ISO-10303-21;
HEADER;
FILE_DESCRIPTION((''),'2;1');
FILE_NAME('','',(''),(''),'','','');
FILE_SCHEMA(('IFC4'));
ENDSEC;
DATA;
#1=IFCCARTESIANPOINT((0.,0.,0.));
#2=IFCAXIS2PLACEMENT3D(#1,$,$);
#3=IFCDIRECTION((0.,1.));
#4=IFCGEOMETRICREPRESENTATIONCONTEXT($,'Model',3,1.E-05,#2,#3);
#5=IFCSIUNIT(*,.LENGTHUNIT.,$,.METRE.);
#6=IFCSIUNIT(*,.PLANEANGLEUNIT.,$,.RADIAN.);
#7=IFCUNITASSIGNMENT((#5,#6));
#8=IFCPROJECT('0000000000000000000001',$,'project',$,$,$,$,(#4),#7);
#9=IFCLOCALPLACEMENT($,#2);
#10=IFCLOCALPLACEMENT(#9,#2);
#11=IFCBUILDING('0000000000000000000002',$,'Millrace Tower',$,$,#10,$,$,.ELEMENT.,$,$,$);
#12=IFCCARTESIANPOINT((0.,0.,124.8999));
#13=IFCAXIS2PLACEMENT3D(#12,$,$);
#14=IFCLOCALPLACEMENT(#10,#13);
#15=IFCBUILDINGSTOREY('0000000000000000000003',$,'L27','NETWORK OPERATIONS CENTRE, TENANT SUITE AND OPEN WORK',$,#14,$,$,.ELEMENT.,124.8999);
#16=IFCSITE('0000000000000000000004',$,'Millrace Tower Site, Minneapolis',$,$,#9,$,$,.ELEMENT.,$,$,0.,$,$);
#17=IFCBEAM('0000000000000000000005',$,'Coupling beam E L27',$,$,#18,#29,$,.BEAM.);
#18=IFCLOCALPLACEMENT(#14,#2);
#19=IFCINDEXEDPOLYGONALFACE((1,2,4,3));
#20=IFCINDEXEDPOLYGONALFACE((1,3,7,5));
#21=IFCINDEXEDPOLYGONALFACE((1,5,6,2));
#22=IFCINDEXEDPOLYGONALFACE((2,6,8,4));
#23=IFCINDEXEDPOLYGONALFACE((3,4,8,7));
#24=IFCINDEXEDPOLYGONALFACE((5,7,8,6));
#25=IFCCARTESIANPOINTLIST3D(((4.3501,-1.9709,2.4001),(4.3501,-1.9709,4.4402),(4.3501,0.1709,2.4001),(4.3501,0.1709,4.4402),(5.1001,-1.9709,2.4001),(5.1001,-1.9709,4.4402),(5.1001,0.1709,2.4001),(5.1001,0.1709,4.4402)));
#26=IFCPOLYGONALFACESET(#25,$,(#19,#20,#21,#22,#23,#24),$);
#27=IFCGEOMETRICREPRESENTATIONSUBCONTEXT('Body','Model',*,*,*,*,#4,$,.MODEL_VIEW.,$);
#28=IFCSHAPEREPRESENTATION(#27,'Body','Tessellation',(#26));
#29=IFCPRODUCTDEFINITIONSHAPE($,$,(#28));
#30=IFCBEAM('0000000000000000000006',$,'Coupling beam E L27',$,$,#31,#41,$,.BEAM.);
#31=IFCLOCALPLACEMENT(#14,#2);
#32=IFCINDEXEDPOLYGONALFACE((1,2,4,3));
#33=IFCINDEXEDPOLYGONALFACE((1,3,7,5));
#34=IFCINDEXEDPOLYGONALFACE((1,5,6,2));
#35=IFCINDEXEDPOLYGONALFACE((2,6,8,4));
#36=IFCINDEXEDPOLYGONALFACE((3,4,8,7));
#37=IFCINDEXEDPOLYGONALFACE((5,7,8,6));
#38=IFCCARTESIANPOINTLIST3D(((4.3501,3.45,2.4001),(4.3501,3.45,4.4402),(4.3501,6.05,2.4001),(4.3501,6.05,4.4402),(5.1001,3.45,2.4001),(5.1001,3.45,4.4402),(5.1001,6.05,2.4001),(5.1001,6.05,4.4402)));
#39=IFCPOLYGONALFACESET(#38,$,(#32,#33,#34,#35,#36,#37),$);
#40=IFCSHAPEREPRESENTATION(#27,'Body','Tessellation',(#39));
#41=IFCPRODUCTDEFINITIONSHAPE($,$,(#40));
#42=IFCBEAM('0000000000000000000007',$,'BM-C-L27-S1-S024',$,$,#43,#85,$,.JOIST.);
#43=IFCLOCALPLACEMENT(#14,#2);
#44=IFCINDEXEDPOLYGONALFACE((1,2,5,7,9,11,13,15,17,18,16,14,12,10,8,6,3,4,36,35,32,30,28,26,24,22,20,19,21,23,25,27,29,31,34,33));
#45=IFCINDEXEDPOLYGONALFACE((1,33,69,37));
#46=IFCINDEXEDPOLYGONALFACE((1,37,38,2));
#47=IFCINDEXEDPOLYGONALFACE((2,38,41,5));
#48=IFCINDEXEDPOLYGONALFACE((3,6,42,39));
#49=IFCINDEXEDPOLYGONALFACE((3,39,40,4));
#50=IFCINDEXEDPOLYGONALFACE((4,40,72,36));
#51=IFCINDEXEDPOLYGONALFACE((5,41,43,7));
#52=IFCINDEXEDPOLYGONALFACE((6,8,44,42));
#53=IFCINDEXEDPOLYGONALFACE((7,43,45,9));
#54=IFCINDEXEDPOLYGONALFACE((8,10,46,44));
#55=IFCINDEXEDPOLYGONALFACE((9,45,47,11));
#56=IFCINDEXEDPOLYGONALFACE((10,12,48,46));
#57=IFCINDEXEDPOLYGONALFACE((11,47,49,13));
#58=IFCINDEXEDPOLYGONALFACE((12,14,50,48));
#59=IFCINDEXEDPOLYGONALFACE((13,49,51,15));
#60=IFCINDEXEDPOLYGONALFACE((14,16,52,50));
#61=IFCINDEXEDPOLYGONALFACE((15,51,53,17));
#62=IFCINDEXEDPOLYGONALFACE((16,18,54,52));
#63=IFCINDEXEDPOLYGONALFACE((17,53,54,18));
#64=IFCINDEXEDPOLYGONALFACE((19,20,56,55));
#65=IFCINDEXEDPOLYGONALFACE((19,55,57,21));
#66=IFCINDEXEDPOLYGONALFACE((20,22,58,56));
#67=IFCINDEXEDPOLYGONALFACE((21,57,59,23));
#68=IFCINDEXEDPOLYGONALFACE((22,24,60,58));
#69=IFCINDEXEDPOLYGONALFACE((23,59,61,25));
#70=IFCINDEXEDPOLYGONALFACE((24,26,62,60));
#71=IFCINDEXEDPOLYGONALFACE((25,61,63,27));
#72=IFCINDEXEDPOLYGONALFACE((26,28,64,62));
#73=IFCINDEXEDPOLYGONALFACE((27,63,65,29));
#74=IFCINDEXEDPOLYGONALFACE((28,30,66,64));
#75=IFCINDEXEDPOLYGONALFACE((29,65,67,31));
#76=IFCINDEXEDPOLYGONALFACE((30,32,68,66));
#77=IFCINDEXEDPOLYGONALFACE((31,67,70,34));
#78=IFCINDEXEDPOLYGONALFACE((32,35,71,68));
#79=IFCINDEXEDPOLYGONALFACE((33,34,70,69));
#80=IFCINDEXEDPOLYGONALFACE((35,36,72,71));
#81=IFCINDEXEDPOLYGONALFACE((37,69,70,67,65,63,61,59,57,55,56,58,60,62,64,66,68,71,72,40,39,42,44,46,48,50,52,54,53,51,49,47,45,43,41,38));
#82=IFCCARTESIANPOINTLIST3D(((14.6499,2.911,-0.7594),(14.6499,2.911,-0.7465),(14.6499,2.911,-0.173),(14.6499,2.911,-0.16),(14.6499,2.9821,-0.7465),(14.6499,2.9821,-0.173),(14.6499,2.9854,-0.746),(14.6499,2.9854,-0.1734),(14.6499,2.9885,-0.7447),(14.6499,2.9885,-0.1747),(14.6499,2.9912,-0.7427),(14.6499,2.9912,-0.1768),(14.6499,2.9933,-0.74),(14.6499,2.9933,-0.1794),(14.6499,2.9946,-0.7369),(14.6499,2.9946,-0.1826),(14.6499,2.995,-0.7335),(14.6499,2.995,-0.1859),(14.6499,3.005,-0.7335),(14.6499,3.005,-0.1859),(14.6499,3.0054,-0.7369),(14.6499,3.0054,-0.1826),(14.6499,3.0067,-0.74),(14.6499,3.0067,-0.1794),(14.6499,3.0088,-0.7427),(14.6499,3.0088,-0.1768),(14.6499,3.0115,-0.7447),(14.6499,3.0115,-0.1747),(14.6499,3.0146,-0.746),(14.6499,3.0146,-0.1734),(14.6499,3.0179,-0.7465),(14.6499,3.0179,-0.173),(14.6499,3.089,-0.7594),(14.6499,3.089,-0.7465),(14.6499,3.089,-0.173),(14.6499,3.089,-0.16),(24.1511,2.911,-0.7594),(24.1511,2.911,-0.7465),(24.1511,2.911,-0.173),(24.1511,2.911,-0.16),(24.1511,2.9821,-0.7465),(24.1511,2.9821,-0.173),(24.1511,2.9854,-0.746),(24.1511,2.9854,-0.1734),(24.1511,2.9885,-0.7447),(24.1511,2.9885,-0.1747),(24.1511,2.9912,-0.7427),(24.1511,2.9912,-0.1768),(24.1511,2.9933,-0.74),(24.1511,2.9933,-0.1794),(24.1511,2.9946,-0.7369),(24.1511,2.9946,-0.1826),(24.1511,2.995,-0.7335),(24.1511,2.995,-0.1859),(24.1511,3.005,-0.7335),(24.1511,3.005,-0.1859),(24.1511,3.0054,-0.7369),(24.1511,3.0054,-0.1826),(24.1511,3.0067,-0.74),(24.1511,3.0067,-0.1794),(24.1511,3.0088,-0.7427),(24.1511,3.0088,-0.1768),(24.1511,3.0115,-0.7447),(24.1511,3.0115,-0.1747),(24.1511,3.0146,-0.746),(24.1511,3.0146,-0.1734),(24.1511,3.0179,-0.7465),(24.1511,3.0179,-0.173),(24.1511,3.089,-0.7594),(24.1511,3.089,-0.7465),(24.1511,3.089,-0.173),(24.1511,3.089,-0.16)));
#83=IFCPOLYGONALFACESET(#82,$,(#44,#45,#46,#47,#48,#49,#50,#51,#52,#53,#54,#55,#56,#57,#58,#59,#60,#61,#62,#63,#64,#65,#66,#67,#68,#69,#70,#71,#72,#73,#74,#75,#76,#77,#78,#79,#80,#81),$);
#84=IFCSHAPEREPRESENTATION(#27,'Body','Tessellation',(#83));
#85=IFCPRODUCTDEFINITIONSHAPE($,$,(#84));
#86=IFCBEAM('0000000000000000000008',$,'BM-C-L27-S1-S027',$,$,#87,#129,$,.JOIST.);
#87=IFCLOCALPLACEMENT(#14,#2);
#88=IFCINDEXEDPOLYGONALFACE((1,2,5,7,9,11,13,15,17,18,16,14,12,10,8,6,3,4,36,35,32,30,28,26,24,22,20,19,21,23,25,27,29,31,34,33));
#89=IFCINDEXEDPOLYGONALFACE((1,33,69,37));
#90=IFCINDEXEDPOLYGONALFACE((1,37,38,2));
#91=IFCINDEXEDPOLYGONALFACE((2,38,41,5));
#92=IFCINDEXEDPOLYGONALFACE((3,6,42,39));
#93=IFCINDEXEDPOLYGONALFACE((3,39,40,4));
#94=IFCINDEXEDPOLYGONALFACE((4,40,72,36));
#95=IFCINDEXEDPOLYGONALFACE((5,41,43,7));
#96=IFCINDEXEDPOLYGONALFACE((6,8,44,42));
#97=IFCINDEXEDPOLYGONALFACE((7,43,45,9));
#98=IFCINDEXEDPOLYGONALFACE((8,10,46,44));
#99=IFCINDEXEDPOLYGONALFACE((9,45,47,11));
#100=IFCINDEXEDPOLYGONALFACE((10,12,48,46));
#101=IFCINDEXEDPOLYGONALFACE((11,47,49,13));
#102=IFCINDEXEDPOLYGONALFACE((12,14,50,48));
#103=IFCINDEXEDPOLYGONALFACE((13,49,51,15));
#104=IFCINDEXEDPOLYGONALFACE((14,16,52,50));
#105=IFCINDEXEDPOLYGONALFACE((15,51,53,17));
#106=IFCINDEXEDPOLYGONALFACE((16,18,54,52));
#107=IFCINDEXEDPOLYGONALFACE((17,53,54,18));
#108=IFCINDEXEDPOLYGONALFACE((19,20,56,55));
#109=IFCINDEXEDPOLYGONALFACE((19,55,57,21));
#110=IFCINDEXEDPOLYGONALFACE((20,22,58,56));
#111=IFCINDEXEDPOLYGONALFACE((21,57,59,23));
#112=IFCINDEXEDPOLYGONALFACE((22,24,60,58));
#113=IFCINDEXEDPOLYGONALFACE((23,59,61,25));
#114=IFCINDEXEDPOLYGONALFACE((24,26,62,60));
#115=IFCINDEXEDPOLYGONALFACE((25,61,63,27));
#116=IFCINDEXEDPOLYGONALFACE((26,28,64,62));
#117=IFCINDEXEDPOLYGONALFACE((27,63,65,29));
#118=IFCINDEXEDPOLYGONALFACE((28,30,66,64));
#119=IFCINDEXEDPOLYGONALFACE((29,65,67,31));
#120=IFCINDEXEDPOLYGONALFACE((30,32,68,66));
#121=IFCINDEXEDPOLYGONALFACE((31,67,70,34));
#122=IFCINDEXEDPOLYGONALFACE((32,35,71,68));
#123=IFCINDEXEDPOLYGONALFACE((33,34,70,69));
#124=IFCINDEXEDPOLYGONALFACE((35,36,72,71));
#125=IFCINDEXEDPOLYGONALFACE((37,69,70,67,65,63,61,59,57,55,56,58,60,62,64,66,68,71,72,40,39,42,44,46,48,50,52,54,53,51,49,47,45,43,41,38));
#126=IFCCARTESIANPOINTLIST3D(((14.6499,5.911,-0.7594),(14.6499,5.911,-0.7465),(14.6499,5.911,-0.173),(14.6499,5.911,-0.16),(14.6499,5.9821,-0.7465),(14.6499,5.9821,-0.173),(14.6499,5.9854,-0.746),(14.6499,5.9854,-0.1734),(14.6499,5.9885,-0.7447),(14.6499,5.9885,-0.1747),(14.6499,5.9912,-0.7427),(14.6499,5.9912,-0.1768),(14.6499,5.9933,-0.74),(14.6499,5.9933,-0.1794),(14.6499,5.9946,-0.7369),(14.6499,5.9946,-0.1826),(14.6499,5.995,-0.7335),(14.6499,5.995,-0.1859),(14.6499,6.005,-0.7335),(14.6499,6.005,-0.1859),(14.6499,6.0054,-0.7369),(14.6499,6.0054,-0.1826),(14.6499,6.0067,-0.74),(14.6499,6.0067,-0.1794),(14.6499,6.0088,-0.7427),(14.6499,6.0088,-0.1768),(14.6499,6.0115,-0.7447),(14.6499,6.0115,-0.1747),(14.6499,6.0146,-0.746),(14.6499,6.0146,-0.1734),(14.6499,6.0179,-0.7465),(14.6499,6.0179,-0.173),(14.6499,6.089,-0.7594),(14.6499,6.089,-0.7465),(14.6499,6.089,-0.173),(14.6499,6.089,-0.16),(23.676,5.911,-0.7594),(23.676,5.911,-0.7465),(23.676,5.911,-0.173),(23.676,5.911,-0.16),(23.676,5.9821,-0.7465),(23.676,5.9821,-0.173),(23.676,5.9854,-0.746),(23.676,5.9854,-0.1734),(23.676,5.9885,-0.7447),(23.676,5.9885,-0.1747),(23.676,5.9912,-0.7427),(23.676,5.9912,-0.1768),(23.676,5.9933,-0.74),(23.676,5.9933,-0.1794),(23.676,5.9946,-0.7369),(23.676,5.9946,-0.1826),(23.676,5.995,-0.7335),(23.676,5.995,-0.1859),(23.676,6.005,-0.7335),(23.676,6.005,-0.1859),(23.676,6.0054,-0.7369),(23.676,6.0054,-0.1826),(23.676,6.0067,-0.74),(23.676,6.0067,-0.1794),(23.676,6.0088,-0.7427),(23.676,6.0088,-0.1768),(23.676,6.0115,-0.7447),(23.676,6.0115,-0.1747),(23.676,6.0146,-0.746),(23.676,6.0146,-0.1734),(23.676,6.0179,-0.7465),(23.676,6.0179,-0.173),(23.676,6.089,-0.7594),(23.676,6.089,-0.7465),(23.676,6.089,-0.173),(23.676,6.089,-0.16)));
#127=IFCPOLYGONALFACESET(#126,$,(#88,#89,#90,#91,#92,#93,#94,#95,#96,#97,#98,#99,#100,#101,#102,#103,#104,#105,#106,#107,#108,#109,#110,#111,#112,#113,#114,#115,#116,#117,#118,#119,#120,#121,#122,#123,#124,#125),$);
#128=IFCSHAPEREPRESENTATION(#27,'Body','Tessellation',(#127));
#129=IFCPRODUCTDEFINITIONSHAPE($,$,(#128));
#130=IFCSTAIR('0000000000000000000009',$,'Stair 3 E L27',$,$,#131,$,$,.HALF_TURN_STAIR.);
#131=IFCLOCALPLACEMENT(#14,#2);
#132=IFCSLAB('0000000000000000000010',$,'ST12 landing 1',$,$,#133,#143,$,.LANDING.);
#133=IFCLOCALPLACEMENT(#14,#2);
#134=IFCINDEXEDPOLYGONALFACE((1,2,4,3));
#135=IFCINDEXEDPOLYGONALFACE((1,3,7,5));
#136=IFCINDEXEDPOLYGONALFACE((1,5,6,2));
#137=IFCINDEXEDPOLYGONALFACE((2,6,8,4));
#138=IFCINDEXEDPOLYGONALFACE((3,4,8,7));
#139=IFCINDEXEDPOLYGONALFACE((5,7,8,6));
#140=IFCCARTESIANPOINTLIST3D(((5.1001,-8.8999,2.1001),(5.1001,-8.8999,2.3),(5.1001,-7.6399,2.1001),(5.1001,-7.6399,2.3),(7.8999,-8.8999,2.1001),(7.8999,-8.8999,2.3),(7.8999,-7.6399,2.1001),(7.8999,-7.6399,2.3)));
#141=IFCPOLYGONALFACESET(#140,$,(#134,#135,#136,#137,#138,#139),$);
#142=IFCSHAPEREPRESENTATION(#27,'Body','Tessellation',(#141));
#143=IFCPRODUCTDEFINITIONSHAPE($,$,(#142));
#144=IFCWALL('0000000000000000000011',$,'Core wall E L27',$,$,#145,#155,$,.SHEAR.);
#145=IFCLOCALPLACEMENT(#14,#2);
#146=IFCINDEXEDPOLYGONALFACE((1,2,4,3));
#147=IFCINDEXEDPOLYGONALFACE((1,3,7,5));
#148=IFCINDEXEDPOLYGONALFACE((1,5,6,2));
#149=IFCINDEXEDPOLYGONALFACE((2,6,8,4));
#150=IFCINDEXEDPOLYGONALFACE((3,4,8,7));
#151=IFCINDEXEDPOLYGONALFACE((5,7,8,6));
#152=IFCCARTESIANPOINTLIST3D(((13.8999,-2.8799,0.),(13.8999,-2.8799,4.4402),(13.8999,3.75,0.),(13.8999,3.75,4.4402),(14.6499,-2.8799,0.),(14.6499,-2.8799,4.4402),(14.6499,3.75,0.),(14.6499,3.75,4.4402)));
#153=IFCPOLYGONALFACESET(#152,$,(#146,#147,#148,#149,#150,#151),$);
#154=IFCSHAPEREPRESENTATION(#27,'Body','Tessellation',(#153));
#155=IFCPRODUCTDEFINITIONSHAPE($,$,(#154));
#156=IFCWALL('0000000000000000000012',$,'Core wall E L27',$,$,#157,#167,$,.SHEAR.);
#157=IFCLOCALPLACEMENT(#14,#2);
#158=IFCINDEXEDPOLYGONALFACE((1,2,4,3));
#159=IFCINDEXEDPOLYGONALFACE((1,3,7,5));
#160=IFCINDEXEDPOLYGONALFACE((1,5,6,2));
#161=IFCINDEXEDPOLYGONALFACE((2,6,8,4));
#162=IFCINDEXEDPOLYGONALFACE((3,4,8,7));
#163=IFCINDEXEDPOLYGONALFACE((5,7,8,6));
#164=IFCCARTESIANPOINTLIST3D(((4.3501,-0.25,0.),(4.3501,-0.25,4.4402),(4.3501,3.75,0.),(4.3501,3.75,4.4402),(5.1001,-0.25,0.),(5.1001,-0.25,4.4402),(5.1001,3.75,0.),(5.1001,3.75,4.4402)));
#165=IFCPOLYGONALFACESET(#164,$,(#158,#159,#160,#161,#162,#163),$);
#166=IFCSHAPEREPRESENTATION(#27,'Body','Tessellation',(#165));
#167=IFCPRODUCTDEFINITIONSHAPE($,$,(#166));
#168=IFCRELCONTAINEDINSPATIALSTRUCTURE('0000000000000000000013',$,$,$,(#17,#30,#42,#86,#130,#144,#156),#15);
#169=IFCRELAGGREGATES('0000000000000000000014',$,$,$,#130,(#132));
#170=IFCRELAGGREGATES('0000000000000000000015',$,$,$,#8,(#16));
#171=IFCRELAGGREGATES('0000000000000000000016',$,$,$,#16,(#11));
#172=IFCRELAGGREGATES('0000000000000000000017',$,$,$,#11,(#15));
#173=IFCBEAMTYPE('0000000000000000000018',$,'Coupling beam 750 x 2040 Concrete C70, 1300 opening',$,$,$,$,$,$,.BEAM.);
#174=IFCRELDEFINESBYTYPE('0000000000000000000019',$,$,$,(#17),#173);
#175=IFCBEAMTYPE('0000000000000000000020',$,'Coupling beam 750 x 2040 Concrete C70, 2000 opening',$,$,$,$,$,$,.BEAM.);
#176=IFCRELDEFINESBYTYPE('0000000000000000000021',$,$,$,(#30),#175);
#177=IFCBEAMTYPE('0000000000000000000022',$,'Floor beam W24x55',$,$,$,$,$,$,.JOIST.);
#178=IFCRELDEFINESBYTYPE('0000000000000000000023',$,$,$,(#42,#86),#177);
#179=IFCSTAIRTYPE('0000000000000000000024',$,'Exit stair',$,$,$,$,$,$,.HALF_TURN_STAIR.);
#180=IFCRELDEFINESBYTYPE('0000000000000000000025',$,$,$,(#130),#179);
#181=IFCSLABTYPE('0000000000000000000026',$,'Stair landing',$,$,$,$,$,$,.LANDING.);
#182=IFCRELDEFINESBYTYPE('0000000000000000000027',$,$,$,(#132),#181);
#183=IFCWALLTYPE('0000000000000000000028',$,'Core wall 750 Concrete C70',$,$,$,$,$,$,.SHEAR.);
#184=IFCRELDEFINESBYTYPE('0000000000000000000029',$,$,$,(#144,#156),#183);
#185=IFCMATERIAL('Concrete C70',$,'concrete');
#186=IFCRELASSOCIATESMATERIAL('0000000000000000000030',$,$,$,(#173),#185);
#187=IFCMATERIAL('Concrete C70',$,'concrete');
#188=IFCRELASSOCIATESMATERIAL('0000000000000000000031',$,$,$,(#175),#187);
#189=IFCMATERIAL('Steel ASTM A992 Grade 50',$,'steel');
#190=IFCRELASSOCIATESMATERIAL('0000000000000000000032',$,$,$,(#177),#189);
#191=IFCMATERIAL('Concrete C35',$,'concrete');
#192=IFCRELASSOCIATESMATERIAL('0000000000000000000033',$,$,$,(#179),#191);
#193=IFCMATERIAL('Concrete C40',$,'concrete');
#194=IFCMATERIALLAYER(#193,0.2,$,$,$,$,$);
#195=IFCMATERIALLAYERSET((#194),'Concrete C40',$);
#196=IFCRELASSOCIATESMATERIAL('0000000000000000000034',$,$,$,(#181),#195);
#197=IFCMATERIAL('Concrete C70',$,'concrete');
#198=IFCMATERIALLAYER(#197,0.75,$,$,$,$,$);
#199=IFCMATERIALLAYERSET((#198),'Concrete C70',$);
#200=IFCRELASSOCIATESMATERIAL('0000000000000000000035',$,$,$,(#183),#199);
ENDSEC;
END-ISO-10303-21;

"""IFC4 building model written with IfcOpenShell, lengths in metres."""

from ifc_helpers import new_model, si_unit, direction, frame, frame_2d, origin, origin_2d, place, context, subcontext, project, spatial, polyline, rectangle, i_section, outline, extrude, material, layer, layer_set, material_profile, profile_set, type_object, element, aggregate, save


model = new_model("IFC4")

# Units and contexts
model_context = context("Model", 3, precision=1e-05, world=origin(), true_north=direction((0.0, 1.0)))
body_context = subcontext(model_context, "Body", "Model", "MODEL_VIEW")
ifc_project = project(units=[si_unit("LENGTHUNIT", "METRE"), si_unit("PLANEANGLEUNIT", "RADIAN")], contexts=[model_context])

# Site, building, storey
site_placement = place(None, origin())
site = spatial("IfcSite", under=ifc_project, at=site_placement, Name="Millrace Tower Site, Minneapolis", CompositionType="ELEMENT", RefElevation=0.0)
building_placement = place(site_placement, origin())
building = spatial("IfcBuilding", under=site, at=building_placement, Name="Millrace Tower", CompositionType="ELEMENT")
storey_placement = place(building_placement, frame((0.0, 0.0, 124.8999)))
storey = spatial("IfcBuildingStorey", under=building, at=storey_placement, Name="L27", Description="NETWORK OPERATIONS CENTRE, TENANT SUITE AND OPEN WORK", CompositionType="ELEMENT", Elevation=124.8999)

# Beams
ifc_material_1 = material(Name="Concrete C70", Category="concrete")
ifc_material_profile_1 = material_profile(ifc_material_1, rectangle(XDim=0.75, YDim=2.04, at=origin_2d()))
ifc_profile_set_1 = profile_set([ifc_material_profile_1], Name="Concrete C70")
beam_type_1 = type_object("IfcBeamType", Name="Coupling beam 750 x 2040 Concrete C70, 1300 opening", PredefinedType="BEAM", material=ifc_profile_set_1)
beam_1_placement = place(storey_placement, frame((4.7251, 0.1709, 3.4202), z_axis=(0.0, -1.0, 0.0), x_axis=(1.0, 0.0, 0.0)))
element("IfcBeam", 1, at=beam_1_placement, inside=storey, type_object=beam_type_1, Name="Coupling beam E L27", PredefinedType="BEAM", context=body_context, shape_type="SweptSolid", body=[
    extrude(rectangle(XDim=0.75, YDim=2.04, at=origin_2d()), origin(), (0.0, 0.0, 1.0), 2.1418),
])
ifc_material_2 = material(Name="Concrete C70", Category="concrete")
ifc_material_profile_2 = material_profile(ifc_material_2, rectangle(XDim=0.75, YDim=2.04, at=origin_2d()))
ifc_profile_set_2 = profile_set([ifc_material_profile_2], Name="Concrete C70")
beam_type_2 = type_object("IfcBeamType", Name="Coupling beam 750 x 2040 Concrete C70, 2000 opening", PredefinedType="BEAM", material=ifc_profile_set_2)
beam_2_placement = place(storey_placement, frame((4.7251, 6.05, 3.4202), z_axis=(0.0, -1.0, 0.0), x_axis=(1.0, 0.0, 0.0)))
element("IfcBeam", 2, at=beam_2_placement, inside=storey, type_object=beam_type_2, Name="Coupling beam E L27", PredefinedType="BEAM", context=body_context, shape_type="SweptSolid", body=[
    extrude(rectangle(XDim=0.75, YDim=2.04, at=origin_2d()), origin(), (0.0, 0.0, 1.0), 2.6001),
])
ifc_material_3 = material(Name="Steel ASTM A992 Grade 50", Category="steel")
ifc_material_profile_3 = material_profile(ifc_material_3, i_section(OverallWidth=0.178, OverallDepth=0.5994, WebThickness=0.01, FlangeThickness=0.0129, FilletRadius=0.0129, at=origin_2d()))
ifc_profile_set_3 = profile_set([ifc_material_profile_3], Name="Steel ASTM A992 Grade 50")
beam_type_3 = type_object("IfcBeamType", Name="Floor beam W24x55", PredefinedType="JOIST", material=ifc_profile_set_3)
beam_3_placement = place(storey_placement, frame((14.6499, 3.0, -0.4597), z_axis=(1.0, 0.0, 0.0), x_axis=(0.0, 1.0, 0.0)))
element("IfcBeam", 3, at=beam_3_placement, inside=storey, type_object=beam_type_3, Name="BM-C-L27-S1-S024", PredefinedType="JOIST", context=body_context, shape_type="SweptSolid", body=[
    extrude(i_section(OverallWidth=0.178, OverallDepth=0.5994, WebThickness=0.01, FlangeThickness=0.0129, FilletRadius=0.0129, at=origin_2d()), origin(), (0.0, 0.0, 1.0), 9.5012),
])
beam_4_placement = place(storey_placement, frame((14.6499, 6.0, -0.4597), z_axis=(1.0, 0.0, 0.0), x_axis=(0.0, 1.0, 0.0)))
element("IfcBeam", 4, at=beam_4_placement, inside=storey, type_object=beam_type_3, Name="BM-C-L27-S1-S027", PredefinedType="JOIST", context=body_context, shape_type="SweptSolid", body=[
    extrude(i_section(OverallWidth=0.178, OverallDepth=0.5994, WebThickness=0.01, FlangeThickness=0.0129, FilletRadius=0.0129, at=origin_2d()), origin(), (0.0, 0.0, 1.0), 9.0261),
])

# Stair, slab
ifc_material_4 = material(Name="Concrete C35", Category="concrete")
stair_type = type_object("IfcStairType", Name="Exit stair", PredefinedType="HALF_TURN_STAIR", material=ifc_material_4)
stair_placement = place(storey_placement, origin())
stair = element("IfcStair", 5, at=stair_placement, inside=storey, type_object=stair_type, Name="Stair 3 E L27", PredefinedType="HALF_TURN_STAIR")
ifc_material_5 = material(Name="Concrete C40", Category="concrete")
ifc_layer_1 = layer(ifc_material_5, 0.2)
ifc_layer_set_1 = layer_set([ifc_layer_1], Name="Concrete C40")
slab_type = type_object("IfcSlabType", Name="Stair landing", PredefinedType="LANDING", material=ifc_layer_set_1)
slab_placement = place(storey_placement, frame((0.0, 0.0, 2.1001)))
slab = element("IfcSlab", 6, at=slab_placement, type_object=slab_type, Name="ST12 landing 1", PredefinedType="LANDING", context=body_context, shape_type="SweptSolid", body=[
    extrude(outline(polyline([(5.1001, -8.8999), (7.8999, -8.8999), (7.8999, -7.6399), (5.1001, -7.6399), (5.1001, -8.8999)])), origin(), (0.0, 0.0, 1.0), 0.2),
])
aggregate(stair, [slab])

# Walls
ifc_material_6 = material(Name="Concrete C70", Category="concrete")
ifc_layer_2 = layer(ifc_material_6, 0.75)
ifc_layer_set_2 = layer_set([ifc_layer_2], Name="Concrete C70")
wall_type_1 = type_object("IfcWallType", Name="Core wall 750 Concrete C70", PredefinedType="SHEAR", material=ifc_layer_set_2)
wall_1_placement = place(storey_placement, frame((14.2749, 3.75, 0.0), z_axis=(0.0, 0.0, 1.0), x_axis=(0.0, -1.0, 0.0)))
element("IfcWall", 7, at=wall_1_placement, inside=storey, type_object=wall_type_1, Name="Core wall E L27", PredefinedType="SHEAR", context=body_context, shape_type="SweptSolid", body=[
    extrude(rectangle(XDim=6.6299, YDim=0.75, at=frame_2d((3.3149, 0.0))), origin(), (0.0, 0.0, 1.0), 4.4402),
])
wall_2_placement = place(storey_placement, frame((4.7251, 3.75, 0.0), z_axis=(0.0, 0.0, 1.0), x_axis=(0.0, -1.0, 0.0)))
element("IfcWall", 8, at=wall_2_placement, inside=storey, type_object=wall_type_1, Name="Core wall E L27", PredefinedType="SHEAR", context=body_context, shape_type="SweptSolid", body=[
    extrude(rectangle(XDim=4.0, YDim=0.75, at=frame_2d((2.0, 0.0))), origin(), (0.0, 0.0, 1.0), 4.4402),
])

save(model, "model.ifc")
